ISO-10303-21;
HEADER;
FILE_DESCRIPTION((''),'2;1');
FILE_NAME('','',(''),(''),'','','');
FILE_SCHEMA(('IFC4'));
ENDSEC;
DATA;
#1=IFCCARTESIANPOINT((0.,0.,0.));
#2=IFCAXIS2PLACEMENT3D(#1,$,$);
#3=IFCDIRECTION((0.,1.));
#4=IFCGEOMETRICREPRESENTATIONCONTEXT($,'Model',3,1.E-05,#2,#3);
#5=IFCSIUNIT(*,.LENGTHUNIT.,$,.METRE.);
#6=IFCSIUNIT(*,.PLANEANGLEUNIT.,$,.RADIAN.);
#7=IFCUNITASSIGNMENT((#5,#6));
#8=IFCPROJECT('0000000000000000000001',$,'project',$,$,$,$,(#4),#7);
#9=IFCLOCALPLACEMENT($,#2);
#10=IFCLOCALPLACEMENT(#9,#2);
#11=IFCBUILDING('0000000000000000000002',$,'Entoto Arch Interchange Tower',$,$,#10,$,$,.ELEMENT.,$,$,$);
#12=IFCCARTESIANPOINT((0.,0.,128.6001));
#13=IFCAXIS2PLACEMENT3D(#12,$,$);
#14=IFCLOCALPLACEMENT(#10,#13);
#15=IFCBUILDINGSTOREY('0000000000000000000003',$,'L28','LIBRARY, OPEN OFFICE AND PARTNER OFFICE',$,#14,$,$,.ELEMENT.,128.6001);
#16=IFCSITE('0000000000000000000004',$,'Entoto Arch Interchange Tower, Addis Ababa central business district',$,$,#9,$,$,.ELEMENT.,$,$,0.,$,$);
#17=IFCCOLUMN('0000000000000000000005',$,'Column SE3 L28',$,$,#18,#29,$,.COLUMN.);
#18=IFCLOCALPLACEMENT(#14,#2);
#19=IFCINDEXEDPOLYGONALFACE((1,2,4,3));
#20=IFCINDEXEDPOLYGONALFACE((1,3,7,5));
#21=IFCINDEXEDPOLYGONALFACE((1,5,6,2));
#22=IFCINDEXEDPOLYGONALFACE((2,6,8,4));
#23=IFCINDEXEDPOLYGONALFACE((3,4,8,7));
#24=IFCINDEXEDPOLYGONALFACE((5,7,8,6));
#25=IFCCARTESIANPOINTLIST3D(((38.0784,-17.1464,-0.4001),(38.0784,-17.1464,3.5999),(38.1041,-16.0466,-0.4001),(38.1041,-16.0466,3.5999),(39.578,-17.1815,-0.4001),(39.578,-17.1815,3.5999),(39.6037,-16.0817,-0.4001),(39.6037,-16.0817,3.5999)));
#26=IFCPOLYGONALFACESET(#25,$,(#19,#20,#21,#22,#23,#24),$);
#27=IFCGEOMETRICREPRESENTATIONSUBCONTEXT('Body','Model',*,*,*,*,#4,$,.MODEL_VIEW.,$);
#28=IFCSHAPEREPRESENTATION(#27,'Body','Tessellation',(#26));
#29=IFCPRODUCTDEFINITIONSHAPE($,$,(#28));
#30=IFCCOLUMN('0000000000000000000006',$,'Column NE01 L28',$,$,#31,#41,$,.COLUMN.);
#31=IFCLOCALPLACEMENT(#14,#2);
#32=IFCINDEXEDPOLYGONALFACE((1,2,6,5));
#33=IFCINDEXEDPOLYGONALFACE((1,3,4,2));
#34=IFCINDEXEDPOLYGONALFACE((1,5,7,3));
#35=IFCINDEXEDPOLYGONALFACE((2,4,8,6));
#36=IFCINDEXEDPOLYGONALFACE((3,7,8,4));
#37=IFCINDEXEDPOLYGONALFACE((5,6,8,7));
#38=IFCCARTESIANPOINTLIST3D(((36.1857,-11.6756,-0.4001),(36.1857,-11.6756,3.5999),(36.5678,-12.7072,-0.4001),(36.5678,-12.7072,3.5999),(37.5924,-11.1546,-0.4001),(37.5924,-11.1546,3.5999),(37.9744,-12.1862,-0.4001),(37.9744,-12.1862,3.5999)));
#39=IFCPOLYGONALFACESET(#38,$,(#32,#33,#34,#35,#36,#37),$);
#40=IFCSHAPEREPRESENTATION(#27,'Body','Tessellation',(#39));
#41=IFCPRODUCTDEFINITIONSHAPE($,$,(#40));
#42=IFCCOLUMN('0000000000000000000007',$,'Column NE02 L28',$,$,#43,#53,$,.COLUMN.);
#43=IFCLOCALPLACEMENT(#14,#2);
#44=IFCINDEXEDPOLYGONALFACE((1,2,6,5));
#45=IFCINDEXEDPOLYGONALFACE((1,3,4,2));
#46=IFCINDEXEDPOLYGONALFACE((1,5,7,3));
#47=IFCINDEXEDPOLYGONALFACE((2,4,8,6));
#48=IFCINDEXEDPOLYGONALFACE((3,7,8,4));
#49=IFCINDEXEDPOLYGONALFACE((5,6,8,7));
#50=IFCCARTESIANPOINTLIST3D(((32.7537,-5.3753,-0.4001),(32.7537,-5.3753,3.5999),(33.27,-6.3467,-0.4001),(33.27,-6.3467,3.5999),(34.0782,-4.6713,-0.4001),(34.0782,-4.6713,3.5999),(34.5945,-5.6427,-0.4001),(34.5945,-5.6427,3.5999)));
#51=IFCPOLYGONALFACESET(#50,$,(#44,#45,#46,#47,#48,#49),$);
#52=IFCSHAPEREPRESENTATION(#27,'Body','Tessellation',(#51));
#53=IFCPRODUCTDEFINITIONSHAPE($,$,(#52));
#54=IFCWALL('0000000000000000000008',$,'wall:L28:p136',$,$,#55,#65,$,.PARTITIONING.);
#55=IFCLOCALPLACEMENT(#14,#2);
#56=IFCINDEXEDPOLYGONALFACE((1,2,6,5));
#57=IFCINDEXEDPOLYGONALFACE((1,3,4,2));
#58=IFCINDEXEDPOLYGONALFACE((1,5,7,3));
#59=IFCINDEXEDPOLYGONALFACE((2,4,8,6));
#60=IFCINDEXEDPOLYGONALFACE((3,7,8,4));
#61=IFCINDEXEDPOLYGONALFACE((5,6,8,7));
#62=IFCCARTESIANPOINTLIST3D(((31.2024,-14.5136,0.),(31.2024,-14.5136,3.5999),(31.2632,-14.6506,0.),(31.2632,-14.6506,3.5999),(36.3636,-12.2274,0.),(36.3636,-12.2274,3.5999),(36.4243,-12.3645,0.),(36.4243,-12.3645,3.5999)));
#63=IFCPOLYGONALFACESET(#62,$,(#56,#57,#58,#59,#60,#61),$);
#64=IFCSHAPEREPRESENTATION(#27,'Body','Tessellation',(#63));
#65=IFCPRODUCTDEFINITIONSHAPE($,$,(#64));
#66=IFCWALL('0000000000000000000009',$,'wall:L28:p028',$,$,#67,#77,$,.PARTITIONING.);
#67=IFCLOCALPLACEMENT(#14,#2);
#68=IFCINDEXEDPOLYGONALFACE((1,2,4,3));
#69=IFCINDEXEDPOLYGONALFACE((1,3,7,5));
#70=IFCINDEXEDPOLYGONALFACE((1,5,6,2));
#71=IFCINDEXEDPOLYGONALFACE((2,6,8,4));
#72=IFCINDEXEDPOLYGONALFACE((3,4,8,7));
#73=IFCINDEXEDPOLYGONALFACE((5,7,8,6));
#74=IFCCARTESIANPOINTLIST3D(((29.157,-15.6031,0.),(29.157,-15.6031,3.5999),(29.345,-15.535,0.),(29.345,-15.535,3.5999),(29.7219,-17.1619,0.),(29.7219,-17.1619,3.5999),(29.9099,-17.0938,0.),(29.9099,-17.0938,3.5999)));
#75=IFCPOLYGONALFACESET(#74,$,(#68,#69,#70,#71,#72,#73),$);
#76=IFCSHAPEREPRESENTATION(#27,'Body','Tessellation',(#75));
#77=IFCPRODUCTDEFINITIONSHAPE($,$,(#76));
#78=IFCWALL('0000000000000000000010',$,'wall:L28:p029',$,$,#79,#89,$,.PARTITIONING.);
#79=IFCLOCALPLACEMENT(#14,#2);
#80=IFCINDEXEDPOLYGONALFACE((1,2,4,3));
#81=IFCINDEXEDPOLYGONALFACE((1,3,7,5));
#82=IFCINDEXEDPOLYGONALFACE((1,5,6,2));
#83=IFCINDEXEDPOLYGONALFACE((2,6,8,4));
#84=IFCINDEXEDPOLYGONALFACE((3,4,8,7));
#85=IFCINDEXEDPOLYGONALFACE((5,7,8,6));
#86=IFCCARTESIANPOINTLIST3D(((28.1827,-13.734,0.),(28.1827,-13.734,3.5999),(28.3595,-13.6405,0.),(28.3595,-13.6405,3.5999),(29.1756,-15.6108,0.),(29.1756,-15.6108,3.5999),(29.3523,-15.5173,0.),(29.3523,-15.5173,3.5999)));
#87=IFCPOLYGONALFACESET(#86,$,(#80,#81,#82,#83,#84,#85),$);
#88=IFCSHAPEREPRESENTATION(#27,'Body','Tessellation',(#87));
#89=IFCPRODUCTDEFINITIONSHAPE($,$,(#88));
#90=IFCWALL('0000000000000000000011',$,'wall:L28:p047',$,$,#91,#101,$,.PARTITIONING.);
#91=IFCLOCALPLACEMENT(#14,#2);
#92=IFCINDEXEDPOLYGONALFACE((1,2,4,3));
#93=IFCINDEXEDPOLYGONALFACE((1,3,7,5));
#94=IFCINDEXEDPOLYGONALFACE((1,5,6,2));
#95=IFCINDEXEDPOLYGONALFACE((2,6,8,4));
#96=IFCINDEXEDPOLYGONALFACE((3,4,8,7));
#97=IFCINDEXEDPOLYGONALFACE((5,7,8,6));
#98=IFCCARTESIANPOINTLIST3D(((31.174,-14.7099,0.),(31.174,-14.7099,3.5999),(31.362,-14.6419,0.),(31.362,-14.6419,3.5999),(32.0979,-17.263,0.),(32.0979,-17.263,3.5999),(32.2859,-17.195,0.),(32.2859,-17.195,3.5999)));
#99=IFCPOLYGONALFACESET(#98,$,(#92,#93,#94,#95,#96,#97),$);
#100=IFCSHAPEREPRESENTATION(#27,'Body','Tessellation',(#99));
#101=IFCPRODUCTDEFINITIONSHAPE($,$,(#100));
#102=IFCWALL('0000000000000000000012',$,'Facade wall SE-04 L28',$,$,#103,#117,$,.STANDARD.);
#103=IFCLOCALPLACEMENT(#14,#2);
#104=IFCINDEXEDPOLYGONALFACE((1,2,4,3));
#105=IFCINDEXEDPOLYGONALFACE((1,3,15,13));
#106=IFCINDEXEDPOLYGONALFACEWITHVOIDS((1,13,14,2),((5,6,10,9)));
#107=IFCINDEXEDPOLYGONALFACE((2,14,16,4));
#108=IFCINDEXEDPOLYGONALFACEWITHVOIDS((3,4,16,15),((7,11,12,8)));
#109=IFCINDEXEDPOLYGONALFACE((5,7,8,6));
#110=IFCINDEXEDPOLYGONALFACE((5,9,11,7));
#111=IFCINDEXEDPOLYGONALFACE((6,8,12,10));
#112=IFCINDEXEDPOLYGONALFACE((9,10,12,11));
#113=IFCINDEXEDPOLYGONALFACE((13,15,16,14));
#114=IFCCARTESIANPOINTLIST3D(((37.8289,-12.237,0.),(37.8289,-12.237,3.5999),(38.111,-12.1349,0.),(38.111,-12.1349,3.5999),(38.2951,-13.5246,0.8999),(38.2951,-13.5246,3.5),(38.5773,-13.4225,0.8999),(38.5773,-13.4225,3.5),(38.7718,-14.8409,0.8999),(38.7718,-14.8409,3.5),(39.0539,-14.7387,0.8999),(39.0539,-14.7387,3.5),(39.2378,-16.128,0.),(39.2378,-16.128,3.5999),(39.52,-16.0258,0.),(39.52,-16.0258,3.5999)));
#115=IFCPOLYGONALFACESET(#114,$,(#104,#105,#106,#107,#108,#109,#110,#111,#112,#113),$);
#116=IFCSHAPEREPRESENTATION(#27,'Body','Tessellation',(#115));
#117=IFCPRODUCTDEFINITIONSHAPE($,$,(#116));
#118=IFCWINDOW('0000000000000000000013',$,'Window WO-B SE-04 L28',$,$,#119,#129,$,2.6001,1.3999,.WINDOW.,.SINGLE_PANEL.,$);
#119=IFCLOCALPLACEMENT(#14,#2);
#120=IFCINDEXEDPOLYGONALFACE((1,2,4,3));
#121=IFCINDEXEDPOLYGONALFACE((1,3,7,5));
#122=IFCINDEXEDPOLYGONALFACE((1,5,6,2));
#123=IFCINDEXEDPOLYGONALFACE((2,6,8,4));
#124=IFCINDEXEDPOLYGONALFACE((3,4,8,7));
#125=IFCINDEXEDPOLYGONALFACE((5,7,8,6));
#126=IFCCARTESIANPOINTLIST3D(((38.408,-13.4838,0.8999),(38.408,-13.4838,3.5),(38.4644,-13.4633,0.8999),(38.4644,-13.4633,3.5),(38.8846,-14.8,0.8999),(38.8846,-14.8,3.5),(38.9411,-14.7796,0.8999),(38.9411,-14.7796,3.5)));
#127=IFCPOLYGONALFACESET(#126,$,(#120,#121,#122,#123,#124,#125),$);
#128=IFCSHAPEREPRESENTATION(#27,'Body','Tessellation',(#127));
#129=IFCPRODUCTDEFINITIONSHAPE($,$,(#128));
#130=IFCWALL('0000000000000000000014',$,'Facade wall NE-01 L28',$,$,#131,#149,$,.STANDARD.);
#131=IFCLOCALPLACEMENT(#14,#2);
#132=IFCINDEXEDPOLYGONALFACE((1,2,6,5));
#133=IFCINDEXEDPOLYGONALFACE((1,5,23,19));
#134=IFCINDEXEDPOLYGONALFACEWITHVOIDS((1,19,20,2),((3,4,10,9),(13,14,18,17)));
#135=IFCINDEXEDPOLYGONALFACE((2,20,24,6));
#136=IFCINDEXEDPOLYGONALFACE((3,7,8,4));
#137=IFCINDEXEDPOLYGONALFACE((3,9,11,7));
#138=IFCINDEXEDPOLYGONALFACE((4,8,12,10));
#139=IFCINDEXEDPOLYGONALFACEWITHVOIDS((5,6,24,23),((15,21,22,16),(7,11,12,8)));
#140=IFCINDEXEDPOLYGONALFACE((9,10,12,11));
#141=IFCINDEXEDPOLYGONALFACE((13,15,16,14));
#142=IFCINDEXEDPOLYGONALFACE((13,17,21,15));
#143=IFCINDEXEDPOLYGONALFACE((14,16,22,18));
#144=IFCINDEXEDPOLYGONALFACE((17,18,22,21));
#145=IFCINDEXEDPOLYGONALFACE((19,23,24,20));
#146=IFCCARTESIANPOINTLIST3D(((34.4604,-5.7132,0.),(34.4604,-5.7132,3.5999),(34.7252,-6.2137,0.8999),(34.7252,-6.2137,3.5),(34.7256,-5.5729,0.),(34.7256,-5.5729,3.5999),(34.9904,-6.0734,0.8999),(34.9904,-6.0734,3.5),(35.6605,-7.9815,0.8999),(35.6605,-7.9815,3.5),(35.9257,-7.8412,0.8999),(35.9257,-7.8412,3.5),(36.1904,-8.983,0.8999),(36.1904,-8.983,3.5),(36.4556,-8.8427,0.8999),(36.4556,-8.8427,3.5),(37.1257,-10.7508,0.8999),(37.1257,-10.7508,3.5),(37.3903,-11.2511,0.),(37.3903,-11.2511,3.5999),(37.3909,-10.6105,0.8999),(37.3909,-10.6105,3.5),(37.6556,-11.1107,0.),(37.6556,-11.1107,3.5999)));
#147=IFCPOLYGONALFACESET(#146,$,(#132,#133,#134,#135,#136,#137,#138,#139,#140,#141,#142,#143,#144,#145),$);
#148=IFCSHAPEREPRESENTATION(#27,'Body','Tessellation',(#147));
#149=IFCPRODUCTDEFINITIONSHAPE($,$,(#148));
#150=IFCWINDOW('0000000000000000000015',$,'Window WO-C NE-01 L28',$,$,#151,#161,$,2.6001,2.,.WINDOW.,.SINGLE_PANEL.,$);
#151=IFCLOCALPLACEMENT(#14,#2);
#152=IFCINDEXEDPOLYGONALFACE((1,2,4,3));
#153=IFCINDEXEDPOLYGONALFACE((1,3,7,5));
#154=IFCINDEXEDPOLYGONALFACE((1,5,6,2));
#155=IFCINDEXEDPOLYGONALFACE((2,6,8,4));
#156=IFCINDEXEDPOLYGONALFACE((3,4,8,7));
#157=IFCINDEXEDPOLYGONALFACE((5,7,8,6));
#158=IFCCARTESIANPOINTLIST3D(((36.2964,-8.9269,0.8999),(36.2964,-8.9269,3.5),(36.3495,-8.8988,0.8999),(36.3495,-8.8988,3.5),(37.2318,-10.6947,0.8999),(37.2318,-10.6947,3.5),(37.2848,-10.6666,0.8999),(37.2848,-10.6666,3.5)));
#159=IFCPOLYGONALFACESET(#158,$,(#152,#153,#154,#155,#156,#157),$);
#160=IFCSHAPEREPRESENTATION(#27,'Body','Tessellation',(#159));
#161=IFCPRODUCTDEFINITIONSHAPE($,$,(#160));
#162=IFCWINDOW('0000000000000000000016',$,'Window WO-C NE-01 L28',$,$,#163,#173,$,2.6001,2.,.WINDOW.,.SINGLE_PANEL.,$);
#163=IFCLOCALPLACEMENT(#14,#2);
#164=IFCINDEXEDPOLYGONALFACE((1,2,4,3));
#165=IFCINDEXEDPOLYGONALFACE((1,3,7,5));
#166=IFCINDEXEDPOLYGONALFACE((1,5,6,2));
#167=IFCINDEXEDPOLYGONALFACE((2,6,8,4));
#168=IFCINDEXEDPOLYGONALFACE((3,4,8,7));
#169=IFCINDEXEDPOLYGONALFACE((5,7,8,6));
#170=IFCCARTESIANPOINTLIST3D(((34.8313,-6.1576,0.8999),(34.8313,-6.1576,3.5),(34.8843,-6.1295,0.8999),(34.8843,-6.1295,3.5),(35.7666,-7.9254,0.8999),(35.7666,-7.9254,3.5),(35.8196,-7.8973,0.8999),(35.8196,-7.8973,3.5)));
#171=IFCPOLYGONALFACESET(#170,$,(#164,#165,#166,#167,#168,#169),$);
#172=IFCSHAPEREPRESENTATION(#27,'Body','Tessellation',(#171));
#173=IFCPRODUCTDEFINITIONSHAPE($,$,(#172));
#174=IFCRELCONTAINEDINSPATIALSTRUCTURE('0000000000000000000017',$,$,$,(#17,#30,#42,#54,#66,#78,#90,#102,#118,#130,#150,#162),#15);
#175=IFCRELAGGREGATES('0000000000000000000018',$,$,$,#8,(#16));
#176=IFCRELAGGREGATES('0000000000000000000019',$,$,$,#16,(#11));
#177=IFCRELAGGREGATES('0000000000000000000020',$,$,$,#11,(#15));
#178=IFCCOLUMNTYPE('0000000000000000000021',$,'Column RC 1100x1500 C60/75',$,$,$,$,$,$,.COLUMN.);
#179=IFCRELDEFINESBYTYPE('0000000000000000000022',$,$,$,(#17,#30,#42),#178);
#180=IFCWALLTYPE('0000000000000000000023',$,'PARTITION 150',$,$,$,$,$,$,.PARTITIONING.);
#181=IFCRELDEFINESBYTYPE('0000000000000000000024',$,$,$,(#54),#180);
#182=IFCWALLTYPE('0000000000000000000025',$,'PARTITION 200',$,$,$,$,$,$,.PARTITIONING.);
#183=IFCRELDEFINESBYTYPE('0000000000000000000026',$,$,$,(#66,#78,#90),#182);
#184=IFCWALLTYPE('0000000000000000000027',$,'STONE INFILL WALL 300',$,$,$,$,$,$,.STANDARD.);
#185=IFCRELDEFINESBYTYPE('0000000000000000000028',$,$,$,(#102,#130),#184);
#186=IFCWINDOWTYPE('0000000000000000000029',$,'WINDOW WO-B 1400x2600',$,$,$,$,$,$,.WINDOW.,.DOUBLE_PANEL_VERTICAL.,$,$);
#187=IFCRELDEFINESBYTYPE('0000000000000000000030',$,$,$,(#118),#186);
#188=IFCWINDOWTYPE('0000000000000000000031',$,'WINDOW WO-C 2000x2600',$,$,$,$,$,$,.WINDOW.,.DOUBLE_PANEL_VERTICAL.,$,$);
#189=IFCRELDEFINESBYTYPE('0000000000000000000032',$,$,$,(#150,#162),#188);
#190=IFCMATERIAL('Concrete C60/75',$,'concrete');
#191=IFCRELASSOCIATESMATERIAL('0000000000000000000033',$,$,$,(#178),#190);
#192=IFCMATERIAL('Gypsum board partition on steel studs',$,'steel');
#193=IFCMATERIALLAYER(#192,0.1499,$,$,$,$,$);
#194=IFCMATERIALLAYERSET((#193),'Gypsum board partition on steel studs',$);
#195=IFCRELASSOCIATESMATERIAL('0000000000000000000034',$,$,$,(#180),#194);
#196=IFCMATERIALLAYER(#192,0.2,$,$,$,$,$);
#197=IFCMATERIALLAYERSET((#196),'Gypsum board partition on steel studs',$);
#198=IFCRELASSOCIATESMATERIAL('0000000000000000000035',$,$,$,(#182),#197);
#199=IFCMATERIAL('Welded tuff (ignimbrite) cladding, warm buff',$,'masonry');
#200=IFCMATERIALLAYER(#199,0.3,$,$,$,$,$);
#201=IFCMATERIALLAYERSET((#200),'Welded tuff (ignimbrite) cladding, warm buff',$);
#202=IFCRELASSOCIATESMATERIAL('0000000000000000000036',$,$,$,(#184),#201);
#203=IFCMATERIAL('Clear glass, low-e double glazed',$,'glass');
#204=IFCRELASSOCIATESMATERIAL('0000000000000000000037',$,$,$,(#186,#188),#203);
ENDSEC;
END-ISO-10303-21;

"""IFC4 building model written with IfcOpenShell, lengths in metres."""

from ifc_helpers import new_model, si_unit, direction, frame, frame_2d, origin, origin_2d, place, context, subcontext, project, spatial, rectangle, extrude, material, layer, layer_set, material_profile, profile_set, type_object, element, fill, save


model = new_model("IFC4")

# Units and contexts
model_context = context("Model", 3, precision=1e-05, world=origin(), true_north=direction((0.0, 1.0)))
body_context = subcontext(model_context, "Body", "Model", "MODEL_VIEW")
ifc_project = project(units=[si_unit("LENGTHUNIT", "METRE"), si_unit("PLANEANGLEUNIT", "RADIAN")], contexts=[model_context])

# Site, building, storey
site_placement = place(None, origin())
site = spatial("IfcSite", under=ifc_project, at=site_placement, Name="Entoto Arch Interchange Tower, Addis Ababa central business district", CompositionType="ELEMENT", RefElevation=0.0)
building_placement = place(site_placement, origin())
building = spatial("IfcBuilding", under=site, at=building_placement, Name="Entoto Arch Interchange Tower", CompositionType="ELEMENT")
storey_placement = place(building_placement, frame((0.0, 0.0, 128.6001)))
storey = spatial("IfcBuildingStorey", under=building, at=storey_placement, Name="L28", Description="LIBRARY, OPEN OFFICE AND PARTNER OFFICE", CompositionType="ELEMENT", Elevation=128.6001)

# Columns
ifc_material_1 = material(Name="Concrete C60/75", Category="concrete")
ifc_material_profile = material_profile(ifc_material_1, rectangle(XDim=1.1001, YDim=1.5, at=origin_2d()))
ifc_profile_set = profile_set([ifc_material_profile], Name="Concrete C60/75")
column_type = type_object("IfcColumnType", Name="Column RC 1100x1500 C60/75", PredefinedType="COLUMN", material=ifc_profile_set)
for number, where, z_axis, x_axis, name in (
    (1, (38.8411, -16.614, -0.4001), (0.0, 0.0, 1.0), (0.023385, 0.999727, 0.0), "Column SE3 L28"),
    (2, (37.0801, -11.9309, -0.4001), (0.0, 0.0, 1.0), (-0.347312, 0.93775, 0.0), "Column NE01 L28"),
    (3, (33.6741, -5.509, -0.4001), (0.0, 0.0, 1.0), (-0.469333, 0.883021, 0.0), "Column NE02 L28"),
):
    element("IfcColumn", number, at=place(storey_placement, frame(where, z_axis=z_axis, x_axis=x_axis)), inside=storey, type_object=column_type, Name=name, PredefinedType="COLUMN", context=body_context, shape_type="SweptSolid", body=[
        extrude(rectangle(XDim=1.1001, YDim=1.5, at=origin_2d()), origin(), (0.0, 0.0, 1.0), 4.0),
    ])

# Walls
ifc_material_2 = material(Name="Gypsum board partition on steel studs", Category="steel")
ifc_layer_1 = layer(ifc_material_2, 0.1499)
ifc_layer_set_1 = layer_set([ifc_layer_1], Name="Gypsum board partition on steel studs")
wall_type_1 = type_object("IfcWallType", Name="PARTITION 150", PredefinedType="PARTITIONING", material=ifc_layer_set_1)
wall_1_placement = place(storey_placement, frame((31.2329, -14.582, 0.0), z_axis=(0.0, 0.0, 1.0), x_axis=(0.914317, 0.404998, 0.0)))
element("IfcWall", 4, at=wall_1_placement, inside=storey, type_object=wall_type_1, Name="wall:L28:p136", PredefinedType="PARTITIONING", context=body_context, shape_type="SweptSolid", body=[
    extrude(rectangle(XDim=5.6448, YDim=0.1499, at=frame_2d((2.8223, 0.0))), origin(), (0.0, 0.0, 1.0), 3.5999),
])
ifc_layer_2 = layer(ifc_material_2, 0.2)
ifc_layer_set_2 = layer_set([ifc_layer_2], Name="Gypsum board partition on steel studs")
wall_type_2 = type_object("IfcWallType", Name="PARTITION 200", PredefinedType="PARTITIONING", material=ifc_layer_set_2)
wall_2_placement = place(storey_placement, frame((29.8159, -17.1279, 0.0), z_axis=(0.0, 0.0, 1.0), x_axis=(-0.340726, 0.940163, 0.0)))
element("IfcWall", 5, at=wall_2_placement, inside=storey, type_object=wall_type_2, Name="wall:L28:p028", PredefinedType="PARTITIONING", context=body_context, shape_type="SweptSolid", body=[
    extrude(rectangle(XDim=1.658, YDim=0.2, at=frame_2d((0.8291, 0.0))), origin(), (0.0, 0.0, 1.0), 3.5999),
])
wall_3_placement = place(storey_placement, frame((29.2639, -15.564, 0.0), z_axis=(0.0, 0.0, 1.0), x_axis=(-0.467608, 0.883936, 0.0)))
element("IfcWall", 6, at=wall_3_placement, inside=storey, type_object=wall_type_2, Name="wall:L28:p029", PredefinedType="PARTITIONING", context=body_context, shape_type="SweptSolid", body=[
    extrude(rectangle(XDim=2.1233, YDim=0.2, at=frame_2d((1.0615, 0.0))), origin(), (0.0, 0.0, 1.0), 3.5999),
])
wall_4_placement = place(storey_placement, frame((31.2681, -14.676, 0.0), z_axis=(0.0, 0.0, 1.0), x_axis=(0.34027, -0.940328, 0.0)))
element("IfcWall", 7, at=wall_4_placement, inside=storey, type_object=wall_type_2, Name="wall:L28:p047", PredefinedType="PARTITIONING", context=body_context, shape_type="SweptSolid", body=[
    extrude(rectangle(XDim=2.7151, YDim=0.2, at=frame_2d((1.3574, 0.0))), origin(), (0.0, 0.0, 1.0), 3.5999),
])

# Wall, opening, window
ifc_material_3 = material(Name="Welded tuff (ignimbrite) cladding, warm buff", Category="masonry")
ifc_layer_3 = layer(ifc_material_3, 0.3)
ifc_layer_set_3 = layer_set([ifc_layer_3], Name="Welded tuff (ignimbrite) cladding, warm buff")
wall_type_3 = type_object("IfcWallType", Name="STONE INFILL WALL 300", PredefinedType="STANDARD", material=ifc_layer_set_3)
wall_5_placement = place(storey_placement, frame((39.3789, -16.0769, 0.0), z_axis=(0.0, 0.0, 1.0), x_axis=(-0.340478, 0.940252, 0.0)))
wall_5 = element("IfcWall", 8, at=wall_5_placement, inside=storey, type_object=wall_type_3, Name="Facade wall SE-04 L28", PredefinedType="STANDARD", context=body_context, shape_type="SweptSolid", body=[
    extrude(rectangle(XDim=4.1382, YDim=0.3, at=frame_2d((2.0691, 0.0))), origin(), (0.0, 0.0, 1.0), 3.5999),
])
opening_1_placement = place(wall_5_placement, frame((1.3689, 0.0, 0.8999)))
opening_1 = element("IfcOpeningElement", 9, at=opening_1_placement, cuts=wall_5, PredefinedType="OPENING", context=body_context, shape_type="SweptSolid", body=[
    extrude(rectangle(XDim=1.3999, YDim=2.6001, at=frame_2d((0.7, 1.3))), frame((0.0, 0.1602, 0.0), z_axis=(0.0, -1.0, 0.0), x_axis=(1.0, 0.0, 0.0)), (0.0, 0.0, 1.0), 0.3201),
])
ifc_material_4 = material(Name="Clear glass, low-e double glazed", Category="glass")
window_type_1 = type_object("IfcWindowType", Name="WINDOW WO-B 1400x2600", PartitioningType="DOUBLE_PANEL_VERTICAL", PredefinedType="WINDOW", material=ifc_material_4)
window_1_placement = place(opening_1_placement, origin())
window_1 = element("IfcWindow", 10, at=window_1_placement, inside=storey, type_object=window_type_1, Name="Window WO-B SE-04 L28", OverallHeight=2.6001, OverallWidth=1.3999, PartitioningType="SINGLE_PANEL", PredefinedType="WINDOW", context=body_context, shape_type="SweptSolid", body=[
    extrude(rectangle(XDim=1.3999, YDim=2.6001, at=frame_2d((0.7, 1.3))), frame((0.0, 0.03, 0.0), z_axis=(0.0, -1.0, 0.0), x_axis=(1.0, 0.0, 0.0)), (0.0, 0.0, 1.0), 0.0601),
])
fill(opening_1, window_1)

# Wall, openings, windows
wall_6_placement = place(storey_placement, frame((37.5229, -11.1809, 0.0), z_axis=(0.0, 0.0, 1.0), x_axis=(-0.467655, 0.883911, 0.0)))
wall_6 = element("IfcWall", 11, at=wall_6_placement, inside=storey, type_object=wall_type_3, Name="Facade wall NE-01 L28", PredefinedType="STANDARD", context=body_context, shape_type="SweptSolid", body=[
    extrude(rectangle(XDim=6.2651, YDim=0.3, at=frame_2d((3.1326, 0.0))), origin(), (0.0, 0.0, 1.0), 3.5999),
])
opening_2_placement = place(wall_6_placement, frame((0.5659, 0.0, 0.8999)))
opening_2 = element("IfcOpeningElement", 12, at=opening_2_placement, cuts=wall_6, PredefinedType="OPENING", context=body_context, shape_type="SweptSolid", body=[
    extrude(rectangle(XDim=2.0, YDim=2.6001, at=frame_2d((1.0, 1.3))), frame((0.0, 0.1602, 0.0), z_axis=(0.0, -1.0, 0.0), x_axis=(1.0, 0.0, 0.0)), (0.0, 0.0, 1.0), 0.3201),
])
opening_3_placement = place(wall_6_placement, frame((3.699, 0.0, 0.8999)))
opening_3 = element("IfcOpeningElement", 13, at=opening_3_placement, cuts=wall_6, PredefinedType="OPENING", context=body_context, shape_type="SweptSolid", body=[
    extrude(rectangle(XDim=2.0, YDim=2.6001, at=frame_2d((1.0, 1.3))), frame((0.0, 0.1602, 0.0), z_axis=(0.0, -1.0, 0.0), x_axis=(1.0, 0.0, 0.0)), (0.0, 0.0, 1.0), 0.3201),
])
window_type_2 = type_object("IfcWindowType", Name="WINDOW WO-C 2000x2600", PartitioningType="DOUBLE_PANEL_VERTICAL", PredefinedType="WINDOW", material=ifc_material_4)
window_2_placement = place(opening_2_placement, origin())
window_2 = element("IfcWindow", 14, at=window_2_placement, inside=storey, type_object=window_type_2, Name="Window WO-C NE-01 L28", OverallHeight=2.6001, OverallWidth=2.0, PartitioningType="SINGLE_PANEL", PredefinedType="WINDOW", context=body_context, shape_type="SweptSolid", body=[
    extrude(rectangle(XDim=2.0, YDim=2.6001, at=frame_2d((1.0, 1.3))), frame((0.0, 0.03, 0.0), z_axis=(0.0, -1.0, 0.0), x_axis=(1.0, 0.0, 0.0)), (0.0, 0.0, 1.0), 0.0601),
])
fill(opening_2, window_2)
window_3_placement = place(opening_3_placement, origin())
window_3 = element("IfcWindow", 15, at=window_3_placement, inside=storey, type_object=window_type_2, Name="Window WO-C NE-01 L28", OverallHeight=2.6001, OverallWidth=2.0, PartitioningType="SINGLE_PANEL", PredefinedType="WINDOW", context=body_context, shape_type="SweptSolid", body=[
    extrude(rectangle(XDim=2.0, YDim=2.6001, at=frame_2d((1.0, 1.3))), frame((0.0, 0.03, 0.0), z_axis=(0.0, -1.0, 0.0), x_axis=(1.0, 0.0, 0.0)), (0.0, 0.0, 1.0), 0.0601),
])
fill(opening_3, window_3)

save(model, "model.ifc")
